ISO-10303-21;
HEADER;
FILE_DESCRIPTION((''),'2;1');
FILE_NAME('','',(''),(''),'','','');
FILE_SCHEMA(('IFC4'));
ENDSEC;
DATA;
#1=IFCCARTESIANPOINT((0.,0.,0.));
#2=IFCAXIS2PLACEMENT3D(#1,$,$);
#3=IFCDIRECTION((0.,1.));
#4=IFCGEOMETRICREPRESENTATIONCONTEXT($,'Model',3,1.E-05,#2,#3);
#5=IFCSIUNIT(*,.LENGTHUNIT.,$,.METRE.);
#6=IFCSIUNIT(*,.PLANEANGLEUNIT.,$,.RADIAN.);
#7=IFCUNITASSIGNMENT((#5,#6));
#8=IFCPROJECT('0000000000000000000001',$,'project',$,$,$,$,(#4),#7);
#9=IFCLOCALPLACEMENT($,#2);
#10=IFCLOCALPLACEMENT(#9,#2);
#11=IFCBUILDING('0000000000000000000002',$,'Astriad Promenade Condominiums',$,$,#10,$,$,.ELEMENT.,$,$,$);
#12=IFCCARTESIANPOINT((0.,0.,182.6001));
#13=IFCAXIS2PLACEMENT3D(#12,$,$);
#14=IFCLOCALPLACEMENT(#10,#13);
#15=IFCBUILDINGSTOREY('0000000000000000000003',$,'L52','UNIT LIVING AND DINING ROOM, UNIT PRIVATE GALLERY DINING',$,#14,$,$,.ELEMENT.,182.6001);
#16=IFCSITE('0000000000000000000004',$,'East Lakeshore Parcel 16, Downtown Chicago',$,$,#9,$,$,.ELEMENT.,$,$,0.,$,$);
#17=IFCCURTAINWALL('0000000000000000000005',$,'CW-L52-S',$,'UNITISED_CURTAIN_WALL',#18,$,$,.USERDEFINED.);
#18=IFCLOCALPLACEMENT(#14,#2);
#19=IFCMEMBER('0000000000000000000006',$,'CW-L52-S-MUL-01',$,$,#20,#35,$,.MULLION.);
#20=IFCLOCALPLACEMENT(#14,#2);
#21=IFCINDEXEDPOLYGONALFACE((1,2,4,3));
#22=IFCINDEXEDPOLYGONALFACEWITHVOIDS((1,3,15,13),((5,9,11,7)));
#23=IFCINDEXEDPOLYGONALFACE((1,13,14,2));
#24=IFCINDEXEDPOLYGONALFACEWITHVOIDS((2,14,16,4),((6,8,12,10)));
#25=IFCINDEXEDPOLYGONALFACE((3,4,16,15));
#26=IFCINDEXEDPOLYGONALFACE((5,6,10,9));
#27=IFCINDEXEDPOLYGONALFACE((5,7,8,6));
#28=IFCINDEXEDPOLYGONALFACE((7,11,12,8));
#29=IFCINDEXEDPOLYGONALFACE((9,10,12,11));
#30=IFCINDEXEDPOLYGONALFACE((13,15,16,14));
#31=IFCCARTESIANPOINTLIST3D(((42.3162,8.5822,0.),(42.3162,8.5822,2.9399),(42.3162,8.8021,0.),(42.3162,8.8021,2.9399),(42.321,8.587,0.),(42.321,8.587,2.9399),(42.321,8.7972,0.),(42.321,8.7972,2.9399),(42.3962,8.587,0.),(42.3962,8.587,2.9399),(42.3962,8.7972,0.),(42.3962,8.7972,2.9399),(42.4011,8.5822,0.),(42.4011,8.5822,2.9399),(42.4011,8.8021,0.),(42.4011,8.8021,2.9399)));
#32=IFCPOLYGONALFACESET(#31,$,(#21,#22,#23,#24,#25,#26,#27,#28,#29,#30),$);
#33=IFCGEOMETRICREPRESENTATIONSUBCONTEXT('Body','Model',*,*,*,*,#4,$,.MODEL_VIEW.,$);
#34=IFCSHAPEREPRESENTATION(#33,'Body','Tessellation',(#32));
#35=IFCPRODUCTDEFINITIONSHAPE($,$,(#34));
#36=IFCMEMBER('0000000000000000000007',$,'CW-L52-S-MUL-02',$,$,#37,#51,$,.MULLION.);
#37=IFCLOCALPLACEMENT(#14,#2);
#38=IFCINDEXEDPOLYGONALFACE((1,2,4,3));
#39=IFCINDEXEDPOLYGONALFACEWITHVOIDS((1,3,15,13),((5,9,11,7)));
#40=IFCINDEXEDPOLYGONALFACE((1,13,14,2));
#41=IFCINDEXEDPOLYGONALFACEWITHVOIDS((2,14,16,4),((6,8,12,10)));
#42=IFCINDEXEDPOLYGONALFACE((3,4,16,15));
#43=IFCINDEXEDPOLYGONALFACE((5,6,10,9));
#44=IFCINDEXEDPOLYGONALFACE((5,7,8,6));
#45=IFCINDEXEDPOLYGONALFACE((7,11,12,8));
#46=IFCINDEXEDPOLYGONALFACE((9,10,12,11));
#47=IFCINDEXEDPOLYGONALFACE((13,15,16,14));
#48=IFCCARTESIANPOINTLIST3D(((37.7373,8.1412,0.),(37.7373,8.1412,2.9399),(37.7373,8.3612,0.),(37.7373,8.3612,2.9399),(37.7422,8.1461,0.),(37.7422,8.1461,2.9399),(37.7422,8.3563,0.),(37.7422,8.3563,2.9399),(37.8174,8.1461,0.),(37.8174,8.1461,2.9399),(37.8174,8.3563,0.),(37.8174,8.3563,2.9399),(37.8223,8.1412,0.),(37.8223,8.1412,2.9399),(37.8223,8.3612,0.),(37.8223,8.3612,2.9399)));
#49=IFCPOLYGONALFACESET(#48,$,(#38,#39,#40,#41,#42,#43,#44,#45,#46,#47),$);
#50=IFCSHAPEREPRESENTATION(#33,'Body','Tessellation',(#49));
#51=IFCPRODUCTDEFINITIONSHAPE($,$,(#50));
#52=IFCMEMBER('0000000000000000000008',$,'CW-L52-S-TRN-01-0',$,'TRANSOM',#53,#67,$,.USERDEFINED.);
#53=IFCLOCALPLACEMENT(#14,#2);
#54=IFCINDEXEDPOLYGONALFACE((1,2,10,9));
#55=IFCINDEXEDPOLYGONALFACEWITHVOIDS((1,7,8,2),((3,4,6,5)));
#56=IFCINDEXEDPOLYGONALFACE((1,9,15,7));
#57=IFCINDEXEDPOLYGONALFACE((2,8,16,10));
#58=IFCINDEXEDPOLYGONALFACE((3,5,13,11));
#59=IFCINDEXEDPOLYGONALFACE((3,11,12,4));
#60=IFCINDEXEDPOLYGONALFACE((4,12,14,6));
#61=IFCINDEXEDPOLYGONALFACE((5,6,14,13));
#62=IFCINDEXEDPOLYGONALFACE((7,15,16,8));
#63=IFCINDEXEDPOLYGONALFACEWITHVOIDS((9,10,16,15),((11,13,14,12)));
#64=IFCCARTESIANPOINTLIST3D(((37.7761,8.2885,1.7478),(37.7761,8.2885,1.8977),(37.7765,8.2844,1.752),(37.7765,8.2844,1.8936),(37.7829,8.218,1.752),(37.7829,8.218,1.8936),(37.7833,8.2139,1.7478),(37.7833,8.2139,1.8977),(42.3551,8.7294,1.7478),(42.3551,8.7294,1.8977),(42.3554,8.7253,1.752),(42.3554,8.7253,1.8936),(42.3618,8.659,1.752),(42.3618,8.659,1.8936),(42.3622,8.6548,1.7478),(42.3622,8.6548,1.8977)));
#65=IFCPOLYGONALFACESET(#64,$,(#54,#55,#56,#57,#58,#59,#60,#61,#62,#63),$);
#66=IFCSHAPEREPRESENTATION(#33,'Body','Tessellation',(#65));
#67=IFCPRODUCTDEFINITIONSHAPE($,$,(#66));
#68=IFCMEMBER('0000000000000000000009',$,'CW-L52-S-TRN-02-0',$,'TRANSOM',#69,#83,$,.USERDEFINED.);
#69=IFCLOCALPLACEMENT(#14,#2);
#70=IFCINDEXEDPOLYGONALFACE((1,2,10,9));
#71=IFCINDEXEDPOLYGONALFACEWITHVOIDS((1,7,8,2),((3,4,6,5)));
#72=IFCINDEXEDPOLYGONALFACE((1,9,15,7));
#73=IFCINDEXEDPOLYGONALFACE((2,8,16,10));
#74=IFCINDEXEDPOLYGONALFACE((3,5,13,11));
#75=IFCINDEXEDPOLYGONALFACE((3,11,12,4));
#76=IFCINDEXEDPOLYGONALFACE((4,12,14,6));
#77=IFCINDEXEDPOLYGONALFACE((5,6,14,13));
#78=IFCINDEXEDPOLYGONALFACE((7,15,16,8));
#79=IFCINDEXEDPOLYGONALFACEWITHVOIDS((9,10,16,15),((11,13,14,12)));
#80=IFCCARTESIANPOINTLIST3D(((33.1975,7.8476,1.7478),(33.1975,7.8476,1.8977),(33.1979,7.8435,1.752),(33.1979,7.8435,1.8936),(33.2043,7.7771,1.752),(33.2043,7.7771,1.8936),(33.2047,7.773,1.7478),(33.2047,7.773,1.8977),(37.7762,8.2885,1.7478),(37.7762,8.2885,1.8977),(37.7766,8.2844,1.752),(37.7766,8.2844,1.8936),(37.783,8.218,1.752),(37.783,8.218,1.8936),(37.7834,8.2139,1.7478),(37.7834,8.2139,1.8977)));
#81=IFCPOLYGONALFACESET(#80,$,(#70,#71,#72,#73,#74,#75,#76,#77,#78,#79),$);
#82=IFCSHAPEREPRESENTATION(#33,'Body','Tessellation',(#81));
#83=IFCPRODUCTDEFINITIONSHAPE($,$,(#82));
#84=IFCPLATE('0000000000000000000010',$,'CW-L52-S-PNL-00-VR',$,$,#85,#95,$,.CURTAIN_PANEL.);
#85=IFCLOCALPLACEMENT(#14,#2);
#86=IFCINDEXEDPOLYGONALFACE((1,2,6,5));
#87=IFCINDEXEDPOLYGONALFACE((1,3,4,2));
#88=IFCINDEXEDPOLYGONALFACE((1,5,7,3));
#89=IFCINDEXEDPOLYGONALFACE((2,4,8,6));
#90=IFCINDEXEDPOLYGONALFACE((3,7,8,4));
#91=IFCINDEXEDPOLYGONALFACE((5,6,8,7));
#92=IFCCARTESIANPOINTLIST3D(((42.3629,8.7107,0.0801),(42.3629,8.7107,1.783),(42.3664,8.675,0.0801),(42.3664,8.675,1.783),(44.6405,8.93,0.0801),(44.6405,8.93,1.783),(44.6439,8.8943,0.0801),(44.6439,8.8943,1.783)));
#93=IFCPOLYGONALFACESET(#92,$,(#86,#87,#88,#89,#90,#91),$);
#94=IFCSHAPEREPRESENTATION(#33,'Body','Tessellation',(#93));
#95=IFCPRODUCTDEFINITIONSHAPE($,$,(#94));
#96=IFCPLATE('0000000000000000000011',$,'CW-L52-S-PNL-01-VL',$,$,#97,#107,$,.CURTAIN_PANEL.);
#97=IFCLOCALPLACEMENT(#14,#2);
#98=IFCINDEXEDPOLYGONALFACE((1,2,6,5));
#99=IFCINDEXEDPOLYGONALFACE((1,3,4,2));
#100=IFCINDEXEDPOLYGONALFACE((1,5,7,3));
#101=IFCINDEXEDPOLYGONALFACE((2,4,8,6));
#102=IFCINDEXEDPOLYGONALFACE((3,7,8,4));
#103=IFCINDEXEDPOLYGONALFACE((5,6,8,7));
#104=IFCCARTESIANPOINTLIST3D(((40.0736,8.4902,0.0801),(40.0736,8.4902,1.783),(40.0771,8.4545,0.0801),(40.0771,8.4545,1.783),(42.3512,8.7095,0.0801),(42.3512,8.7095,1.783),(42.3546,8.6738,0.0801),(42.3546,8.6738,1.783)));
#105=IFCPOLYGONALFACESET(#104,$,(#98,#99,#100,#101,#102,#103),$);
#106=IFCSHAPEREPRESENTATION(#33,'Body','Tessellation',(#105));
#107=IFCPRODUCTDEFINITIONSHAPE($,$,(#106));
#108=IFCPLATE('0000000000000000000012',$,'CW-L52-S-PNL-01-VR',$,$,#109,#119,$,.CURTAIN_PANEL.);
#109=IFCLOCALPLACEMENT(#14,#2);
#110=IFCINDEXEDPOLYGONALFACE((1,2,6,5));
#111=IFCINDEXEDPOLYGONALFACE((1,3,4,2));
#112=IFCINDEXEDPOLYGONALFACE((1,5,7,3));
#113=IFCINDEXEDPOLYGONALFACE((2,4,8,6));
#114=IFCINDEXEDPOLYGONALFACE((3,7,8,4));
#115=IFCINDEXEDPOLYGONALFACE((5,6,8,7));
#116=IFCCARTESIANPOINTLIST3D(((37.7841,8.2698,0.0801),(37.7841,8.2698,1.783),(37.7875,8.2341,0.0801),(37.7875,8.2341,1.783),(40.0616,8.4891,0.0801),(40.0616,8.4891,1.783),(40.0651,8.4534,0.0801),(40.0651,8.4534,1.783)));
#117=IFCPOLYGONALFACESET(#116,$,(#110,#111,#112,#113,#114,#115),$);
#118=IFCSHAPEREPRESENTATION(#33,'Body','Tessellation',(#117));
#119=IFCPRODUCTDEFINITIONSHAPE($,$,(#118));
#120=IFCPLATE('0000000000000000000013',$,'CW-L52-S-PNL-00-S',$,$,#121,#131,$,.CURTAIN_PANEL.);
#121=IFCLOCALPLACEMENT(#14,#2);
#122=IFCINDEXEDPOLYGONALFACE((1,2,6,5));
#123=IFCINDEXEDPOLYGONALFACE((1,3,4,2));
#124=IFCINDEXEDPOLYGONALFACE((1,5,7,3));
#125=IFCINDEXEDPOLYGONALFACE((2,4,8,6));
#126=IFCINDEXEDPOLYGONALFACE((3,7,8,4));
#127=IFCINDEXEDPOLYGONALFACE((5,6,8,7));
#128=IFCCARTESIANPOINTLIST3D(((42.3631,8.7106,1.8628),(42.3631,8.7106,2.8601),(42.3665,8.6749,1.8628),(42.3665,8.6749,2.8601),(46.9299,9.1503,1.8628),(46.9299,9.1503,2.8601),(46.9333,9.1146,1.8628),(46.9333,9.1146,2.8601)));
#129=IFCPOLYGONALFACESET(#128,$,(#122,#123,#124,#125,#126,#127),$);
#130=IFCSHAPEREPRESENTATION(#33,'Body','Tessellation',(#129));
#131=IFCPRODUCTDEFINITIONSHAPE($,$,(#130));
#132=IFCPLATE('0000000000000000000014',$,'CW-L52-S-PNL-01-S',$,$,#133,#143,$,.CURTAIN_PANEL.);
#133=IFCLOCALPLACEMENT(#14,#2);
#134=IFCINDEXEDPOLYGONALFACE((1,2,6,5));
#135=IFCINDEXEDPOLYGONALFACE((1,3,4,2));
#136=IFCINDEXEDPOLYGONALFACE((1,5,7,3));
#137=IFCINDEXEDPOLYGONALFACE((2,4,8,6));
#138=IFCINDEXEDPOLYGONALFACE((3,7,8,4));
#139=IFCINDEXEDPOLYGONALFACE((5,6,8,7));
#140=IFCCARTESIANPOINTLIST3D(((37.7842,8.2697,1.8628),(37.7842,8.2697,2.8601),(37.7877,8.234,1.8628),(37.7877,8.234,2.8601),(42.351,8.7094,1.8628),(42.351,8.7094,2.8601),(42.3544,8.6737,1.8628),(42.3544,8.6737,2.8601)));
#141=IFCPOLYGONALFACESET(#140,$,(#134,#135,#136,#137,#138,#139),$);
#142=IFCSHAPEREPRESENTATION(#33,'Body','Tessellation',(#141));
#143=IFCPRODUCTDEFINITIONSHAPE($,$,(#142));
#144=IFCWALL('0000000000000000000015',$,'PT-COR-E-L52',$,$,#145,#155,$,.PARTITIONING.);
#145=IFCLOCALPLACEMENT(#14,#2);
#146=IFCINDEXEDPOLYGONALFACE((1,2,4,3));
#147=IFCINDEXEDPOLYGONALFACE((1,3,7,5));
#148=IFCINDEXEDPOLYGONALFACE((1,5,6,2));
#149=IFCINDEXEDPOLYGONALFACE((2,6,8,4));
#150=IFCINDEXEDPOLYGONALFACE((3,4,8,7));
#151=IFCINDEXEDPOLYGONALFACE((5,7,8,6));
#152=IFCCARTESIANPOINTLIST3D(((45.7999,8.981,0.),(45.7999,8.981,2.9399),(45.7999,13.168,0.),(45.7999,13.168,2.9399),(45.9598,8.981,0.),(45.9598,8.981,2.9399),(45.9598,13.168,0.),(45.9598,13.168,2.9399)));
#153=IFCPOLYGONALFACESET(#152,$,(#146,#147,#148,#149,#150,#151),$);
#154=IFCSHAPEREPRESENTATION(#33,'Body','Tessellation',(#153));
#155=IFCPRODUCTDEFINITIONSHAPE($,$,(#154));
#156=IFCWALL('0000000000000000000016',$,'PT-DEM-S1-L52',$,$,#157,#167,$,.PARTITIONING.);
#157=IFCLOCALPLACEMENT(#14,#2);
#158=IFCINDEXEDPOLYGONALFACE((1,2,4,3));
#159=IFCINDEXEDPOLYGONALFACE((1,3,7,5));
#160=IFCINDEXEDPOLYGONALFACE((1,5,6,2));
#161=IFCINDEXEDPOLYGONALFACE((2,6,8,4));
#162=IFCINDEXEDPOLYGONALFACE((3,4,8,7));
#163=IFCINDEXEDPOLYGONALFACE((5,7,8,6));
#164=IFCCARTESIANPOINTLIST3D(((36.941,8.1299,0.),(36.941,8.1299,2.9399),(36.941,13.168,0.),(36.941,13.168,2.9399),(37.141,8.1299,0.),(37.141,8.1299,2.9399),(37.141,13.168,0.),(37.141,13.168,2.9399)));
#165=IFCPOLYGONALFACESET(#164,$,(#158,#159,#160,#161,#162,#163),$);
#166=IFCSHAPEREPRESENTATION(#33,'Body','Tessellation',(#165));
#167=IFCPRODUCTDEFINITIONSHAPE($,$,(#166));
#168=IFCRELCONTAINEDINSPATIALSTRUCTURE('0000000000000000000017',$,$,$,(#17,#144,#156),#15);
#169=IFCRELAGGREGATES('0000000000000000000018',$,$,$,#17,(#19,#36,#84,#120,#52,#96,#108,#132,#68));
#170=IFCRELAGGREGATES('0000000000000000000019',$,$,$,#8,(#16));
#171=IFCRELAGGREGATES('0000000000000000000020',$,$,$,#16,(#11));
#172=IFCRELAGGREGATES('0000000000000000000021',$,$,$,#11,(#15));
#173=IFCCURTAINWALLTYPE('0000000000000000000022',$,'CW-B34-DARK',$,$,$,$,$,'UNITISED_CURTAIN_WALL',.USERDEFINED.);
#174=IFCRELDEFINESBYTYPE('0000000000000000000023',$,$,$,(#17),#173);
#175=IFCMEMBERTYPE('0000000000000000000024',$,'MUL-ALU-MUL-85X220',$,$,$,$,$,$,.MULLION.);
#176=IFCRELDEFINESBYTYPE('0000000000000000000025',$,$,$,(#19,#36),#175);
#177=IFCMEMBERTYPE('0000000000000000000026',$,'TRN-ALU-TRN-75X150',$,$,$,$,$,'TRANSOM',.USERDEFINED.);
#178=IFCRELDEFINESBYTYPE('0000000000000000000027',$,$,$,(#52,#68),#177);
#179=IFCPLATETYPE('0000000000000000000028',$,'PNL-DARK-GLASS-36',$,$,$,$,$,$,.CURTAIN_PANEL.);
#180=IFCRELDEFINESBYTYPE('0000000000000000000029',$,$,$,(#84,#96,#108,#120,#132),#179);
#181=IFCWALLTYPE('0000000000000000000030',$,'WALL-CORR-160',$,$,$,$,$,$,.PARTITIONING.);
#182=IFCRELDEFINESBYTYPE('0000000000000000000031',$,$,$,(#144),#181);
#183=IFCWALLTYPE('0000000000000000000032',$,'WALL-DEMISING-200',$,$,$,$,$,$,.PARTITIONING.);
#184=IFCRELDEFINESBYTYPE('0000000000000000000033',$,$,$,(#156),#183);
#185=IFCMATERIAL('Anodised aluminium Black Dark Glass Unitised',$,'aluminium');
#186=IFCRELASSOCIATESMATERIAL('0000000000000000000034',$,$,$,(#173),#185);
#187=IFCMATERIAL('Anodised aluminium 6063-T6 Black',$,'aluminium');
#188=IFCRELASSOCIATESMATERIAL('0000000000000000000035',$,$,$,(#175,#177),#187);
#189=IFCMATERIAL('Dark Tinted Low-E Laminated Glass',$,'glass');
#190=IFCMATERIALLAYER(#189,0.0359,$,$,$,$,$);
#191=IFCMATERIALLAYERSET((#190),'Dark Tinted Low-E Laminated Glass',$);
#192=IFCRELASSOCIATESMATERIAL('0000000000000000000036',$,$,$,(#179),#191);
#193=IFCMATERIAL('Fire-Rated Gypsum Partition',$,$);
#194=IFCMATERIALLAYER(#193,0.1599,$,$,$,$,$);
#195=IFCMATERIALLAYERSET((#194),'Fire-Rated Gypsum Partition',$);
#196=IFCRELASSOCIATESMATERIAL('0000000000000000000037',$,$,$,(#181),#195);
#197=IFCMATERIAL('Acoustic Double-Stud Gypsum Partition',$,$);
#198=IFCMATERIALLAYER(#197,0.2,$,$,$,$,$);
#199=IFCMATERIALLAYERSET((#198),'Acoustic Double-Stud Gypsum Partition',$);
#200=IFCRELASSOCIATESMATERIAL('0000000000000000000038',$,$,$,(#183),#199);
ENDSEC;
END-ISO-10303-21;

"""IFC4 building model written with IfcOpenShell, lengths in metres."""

from ifc_helpers import new_model, si_unit, direction, frame, frame_2d, origin, origin_2d, place, context, subcontext, project, spatial, rectangle, hollow_rectangle, extrude, source, transform, mapped, material, layer, layer_set, material_profile, profile_set, type_object, type_shapes, element, aggregate, save


model = new_model("IFC4")

# Units and contexts
model_context = context("Model", 3, precision=1e-05, world=origin(), true_north=direction((0.0, 1.0)))
body_context = subcontext(model_context, "Body", "Model", "MODEL_VIEW")
ifc_project = project(units=[si_unit("LENGTHUNIT", "METRE"), si_unit("PLANEANGLEUNIT", "RADIAN")], contexts=[model_context])

# Site, building, storey
site_placement = place(None, origin())
site = spatial("IfcSite", under=ifc_project, at=site_placement, Name="East Lakeshore Parcel 16, Downtown Chicago", CompositionType="ELEMENT", RefElevation=0.0)
building_placement = place(site_placement, origin())
building = spatial("IfcBuilding", under=site, at=building_placement, Name="Astriad Promenade Condominiums", CompositionType="ELEMENT")
storey_placement = place(building_placement, frame((0.0, 0.0, 182.6001)))
storey = spatial("IfcBuildingStorey", under=building, at=storey_placement, Name="L52", Description="UNIT LIVING AND DINING ROOM, UNIT PRIVATE GALLERY DINING", CompositionType="ELEMENT", Elevation=182.6001)

# Curtain wall, members, plates
ifc_material_1 = material(Name="Anodised aluminium Black Dark Glass Unitised", Category="aluminium")
curtain_wall_type = type_object("IfcCurtainWallType", Name="CW-B34-DARK", ElementType="UNITISED_CURTAIN_WALL", PredefinedType="USERDEFINED", material=ifc_material_1)
curtain_wall_placement = place(storey_placement, origin())
curtain_wall = element("IfcCurtainWall", 1, at=curtain_wall_placement, inside=storey, type_object=curtain_wall_type, Name="CW-L52-S", ObjectType="UNITISED_CURTAIN_WALL", PredefinedType="USERDEFINED")
ifc_material_2 = material(Name="Anodised aluminium 6063-T6 Black", Category="aluminium")
ifc_material_profile_1 = material_profile(ifc_material_2, hollow_rectangle(XDim=0.085, YDim=0.22, WallThickness=0.0049, at=origin_2d()), Name="ALU-MUL-85X220")
ifc_profile_set_1 = profile_set([ifc_material_profile_1], Name="Anodised aluminium 6063-T6 Black")
member_type_1 = type_object("IfcMemberType", Name="MUL-ALU-MUL-85X220", PredefinedType="MULLION", material=ifc_profile_set_1)
shared_shape_1 = source(origin(), body_context, "Body", "SweptSolid", [
    extrude(hollow_rectangle(XDim=0.085, YDim=0.22, WallThickness=0.0049, at=origin_2d()), origin(), (0.0, 0.0, 1.0), 2.9399),
])
type_shapes(member_type_1, [shared_shape_1])
member_1_placement = place(storey_placement, frame((42.3586, 8.6921, 0.0), z_axis=(0.0, 0.0, 1.0), x_axis=(1.0, 0.0, 0.0)))
member_1 = element("IfcMember", 2, at=member_1_placement, type_object=member_type_1, Name="CW-L52-S-MUL-01", PredefinedType="MULLION", context=body_context, shape_type="MappedRepresentation", body=[
    mapped(shared_shape_1, transform((0.0, 0.0, 0.0), scale=1.0)),
])
member_2_placement = place(storey_placement, frame((37.7798, 8.2512, 0.0), z_axis=(0.0, 0.0, 1.0), x_axis=(1.0, 0.0, 0.0)))
member_2 = element("IfcMember", 3, at=member_2_placement, type_object=member_type_1, Name="CW-L52-S-MUL-02", PredefinedType="MULLION", context=body_context, shape_type="MappedRepresentation", body=[
    mapped(shared_shape_1, transform((0.0, 0.0, 0.0), scale=1.0)),
])
ifc_material_profile_2 = material_profile(ifc_material_2, hollow_rectangle(XDim=0.075, YDim=0.1499, WallThickness=0.0042, at=origin_2d()), Name="ALU-TRN-75X150")
ifc_profile_set_2 = profile_set([ifc_material_profile_2], Name="Anodised aluminium 6063-T6 Black")
member_type_2 = type_object("IfcMemberType", Name="TRN-ALU-TRN-75X150", ElementType="TRANSOM", PredefinedType="USERDEFINED", material=ifc_profile_set_2)
shared_shape_2 = source(origin(), body_context, "Body", "SweptSolid", [
    extrude(hollow_rectangle(XDim=0.075, YDim=0.1499, WallThickness=0.0042, at=origin_2d()), origin(), (0.0, 0.0, 1.0), 4.6001),
])
member_3_placement = place(storey_placement, frame((42.3586, 8.6921, 1.8228), z_axis=(-0.995396, -0.095851, 0.0), x_axis=(0.095851, -0.995396, 0.0)))
member_3 = element("IfcMember", 4, at=member_3_placement, type_object=member_type_2, Name="CW-L52-S-TRN-01-0", ObjectType="TRANSOM", PredefinedType="USERDEFINED", context=body_context, shape_type="MappedRepresentation", body=[
    mapped(shared_shape_2, transform((0.0, 0.0, 0.0), scale=1.0)),
])
shared_shape_3 = source(origin(), body_context, "Body", "SweptSolid", [
    extrude(hollow_rectangle(XDim=0.075, YDim=0.1499, WallThickness=0.0042, at=origin_2d()), origin(), (0.0, 0.0, 1.0), 4.5999),
])
type_shapes(member_type_2, [shared_shape_2, shared_shape_3])
member_4_placement = place(storey_placement, frame((37.7798, 8.2512, 1.8228), z_axis=(-0.995395, -0.095856, 0.0), x_axis=(0.095856, -0.995395, 0.0)))
member_4 = element("IfcMember", 5, at=member_4_placement, type_object=member_type_2, Name="CW-L52-S-TRN-02-0", ObjectType="TRANSOM", PredefinedType="USERDEFINED", context=body_context, shape_type="MappedRepresentation", body=[
    mapped(shared_shape_3, transform((0.0, 0.0, 0.0), scale=1.0)),
])
ifc_material_3 = material(Name="Dark Tinted Low-E Laminated Glass", Category="glass")
ifc_layer_1 = layer(ifc_material_3, 0.0359)
ifc_layer_set_1 = layer_set([ifc_layer_1], Name="Dark Tinted Low-E Laminated Glass")
plate_type = type_object("IfcPlateType", Name="PNL-DARK-GLASS-36", PredefinedType="CURTAIN_PANEL", material=ifc_layer_set_1)
shared_shape_4 = source(origin(), body_context, "Body", "SweptSolid", [
    extrude(rectangle(XDim=2.2881, YDim=0.0359, at=origin_2d()), origin(), (0.0, 0.0, 1.0), 1.7029),
])
plate_1_placement = place(storey_placement, frame((43.5034, 8.8025, 0.0801), z_axis=(0.0, 0.0, 1.0), x_axis=(-0.995396, -0.095846, 0.0)))
plate_1 = element("IfcPlate", 6, at=plate_1_placement, type_object=plate_type, Name="CW-L52-S-PNL-00-VR", PredefinedType="CURTAIN_PANEL", context=body_context, shape_type="MappedRepresentation", body=[
    mapped(shared_shape_4, transform((0.0, 0.0, 0.0), scale=1.0)),
])
plate_2_placement = place(storey_placement, frame((41.2141, 8.582, 0.0801), z_axis=(0.0, 0.0, 1.0), x_axis=(-0.995396, -0.095846, 0.0)))
plate_2 = element("IfcPlate", 7, at=plate_2_placement, type_object=plate_type, Name="CW-L52-S-PNL-01-VL", PredefinedType="CURTAIN_PANEL", context=body_context, shape_type="MappedRepresentation", body=[
    mapped(shared_shape_4, transform((0.0, 0.0, 0.0), scale=1.0)),
])
plate_3_placement = place(storey_placement, frame((38.9246, 8.3616, 0.0801), z_axis=(0.0, 0.0, 1.0), x_axis=(-0.995396, -0.095846, 0.0)))
plate_3 = element("IfcPlate", 8, at=plate_3_placement, type_object=plate_type, Name="CW-L52-S-PNL-01-VR", PredefinedType="CURTAIN_PANEL", context=body_context, shape_type="MappedRepresentation", body=[
    mapped(shared_shape_4, transform((0.0, 0.0, 0.0), scale=1.0)),
])
shared_shape_5 = source(origin(), body_context, "Body", "SweptSolid", [
    extrude(rectangle(XDim=4.5879, YDim=0.0359, at=origin_2d()), origin(), (0.0, 0.0, 1.0), 0.9973),
])
type_shapes(plate_type, [shared_shape_4, shared_shape_5])
plate_4_placement = place(storey_placement, frame((44.6482, 8.9126, 1.8628), z_axis=(0.0, 0.0, 1.0), x_axis=(-0.995396, -0.095846, 0.0)))
plate_4 = element("IfcPlate", 9, at=plate_4_placement, type_object=plate_type, Name="CW-L52-S-PNL-00-S", PredefinedType="CURTAIN_PANEL", context=body_context, shape_type="MappedRepresentation", body=[
    mapped(shared_shape_5, transform((0.0, 0.0, 0.0), scale=1.0)),
])
plate_5_placement = place(storey_placement, frame((40.0693, 8.4717, 1.8628), z_axis=(0.0, 0.0, 1.0), x_axis=(-0.995396, -0.095846, 0.0)))
plate_5 = element("IfcPlate", 10, at=plate_5_placement, type_object=plate_type, Name="CW-L52-S-PNL-01-S", PredefinedType="CURTAIN_PANEL", context=body_context, shape_type="MappedRepresentation", body=[
    mapped(shared_shape_5, transform((0.0, 0.0, 0.0), scale=1.0)),
])
aggregate(curtain_wall, [member_1, member_2, plate_1, plate_4, member_3, plate_2, plate_3, plate_5, member_4])

# Walls
ifc_material_4 = material(Name="Fire-Rated Gypsum Partition")
ifc_layer_2 = layer(ifc_material_4, 0.1599)
ifc_layer_set_2 = layer_set([ifc_layer_2], Name="Fire-Rated Gypsum Partition")
wall_type_1 = type_object("IfcWallType", Name="WALL-CORR-160", PredefinedType="PARTITIONING", material=ifc_layer_set_2)
wall_1_placement = place(storey_placement, frame((45.8799, 8.981, 0.0), z_axis=(0.0, 0.0, 1.0), x_axis=(0.0, 1.0, 0.0)))
element("IfcWall", 11, at=wall_1_placement, inside=storey, type_object=wall_type_1, Name="PT-COR-E-L52", PredefinedType="PARTITIONING", context=body_context, shape_type="SweptSolid", body=[
    extrude(rectangle(XDim=4.187, YDim=0.1599, at=frame_2d((2.0935, 0.0))), origin(), (0.0, 0.0, 1.0), 2.9399),
])
ifc_material_5 = material(Name="Acoustic Double-Stud Gypsum Partition")
ifc_layer_3 = layer(ifc_material_5, 0.2)
ifc_layer_set_3 = layer_set([ifc_layer_3], Name="Acoustic Double-Stud Gypsum Partition")
wall_type_2 = type_object("IfcWallType", Name="WALL-DEMISING-200", PredefinedType="PARTITIONING", material=ifc_layer_set_3)
wall_2_placement = place(storey_placement, frame((37.041, 8.1299, 0.0), z_axis=(0.0, 0.0, 1.0), x_axis=(0.0, 1.0, 0.0)))
element("IfcWall", 12, at=wall_2_placement, inside=storey, type_object=wall_type_2, Name="PT-DEM-S1-L52", PredefinedType="PARTITIONING", context=body_context, shape_type="SweptSolid", body=[
    extrude(rectangle(XDim=5.0381, YDim=0.2, at=frame_2d((2.519, 0.0))), origin(), (0.0, 0.0, 1.0), 2.9399),
])

save(model, "model.ifc")
